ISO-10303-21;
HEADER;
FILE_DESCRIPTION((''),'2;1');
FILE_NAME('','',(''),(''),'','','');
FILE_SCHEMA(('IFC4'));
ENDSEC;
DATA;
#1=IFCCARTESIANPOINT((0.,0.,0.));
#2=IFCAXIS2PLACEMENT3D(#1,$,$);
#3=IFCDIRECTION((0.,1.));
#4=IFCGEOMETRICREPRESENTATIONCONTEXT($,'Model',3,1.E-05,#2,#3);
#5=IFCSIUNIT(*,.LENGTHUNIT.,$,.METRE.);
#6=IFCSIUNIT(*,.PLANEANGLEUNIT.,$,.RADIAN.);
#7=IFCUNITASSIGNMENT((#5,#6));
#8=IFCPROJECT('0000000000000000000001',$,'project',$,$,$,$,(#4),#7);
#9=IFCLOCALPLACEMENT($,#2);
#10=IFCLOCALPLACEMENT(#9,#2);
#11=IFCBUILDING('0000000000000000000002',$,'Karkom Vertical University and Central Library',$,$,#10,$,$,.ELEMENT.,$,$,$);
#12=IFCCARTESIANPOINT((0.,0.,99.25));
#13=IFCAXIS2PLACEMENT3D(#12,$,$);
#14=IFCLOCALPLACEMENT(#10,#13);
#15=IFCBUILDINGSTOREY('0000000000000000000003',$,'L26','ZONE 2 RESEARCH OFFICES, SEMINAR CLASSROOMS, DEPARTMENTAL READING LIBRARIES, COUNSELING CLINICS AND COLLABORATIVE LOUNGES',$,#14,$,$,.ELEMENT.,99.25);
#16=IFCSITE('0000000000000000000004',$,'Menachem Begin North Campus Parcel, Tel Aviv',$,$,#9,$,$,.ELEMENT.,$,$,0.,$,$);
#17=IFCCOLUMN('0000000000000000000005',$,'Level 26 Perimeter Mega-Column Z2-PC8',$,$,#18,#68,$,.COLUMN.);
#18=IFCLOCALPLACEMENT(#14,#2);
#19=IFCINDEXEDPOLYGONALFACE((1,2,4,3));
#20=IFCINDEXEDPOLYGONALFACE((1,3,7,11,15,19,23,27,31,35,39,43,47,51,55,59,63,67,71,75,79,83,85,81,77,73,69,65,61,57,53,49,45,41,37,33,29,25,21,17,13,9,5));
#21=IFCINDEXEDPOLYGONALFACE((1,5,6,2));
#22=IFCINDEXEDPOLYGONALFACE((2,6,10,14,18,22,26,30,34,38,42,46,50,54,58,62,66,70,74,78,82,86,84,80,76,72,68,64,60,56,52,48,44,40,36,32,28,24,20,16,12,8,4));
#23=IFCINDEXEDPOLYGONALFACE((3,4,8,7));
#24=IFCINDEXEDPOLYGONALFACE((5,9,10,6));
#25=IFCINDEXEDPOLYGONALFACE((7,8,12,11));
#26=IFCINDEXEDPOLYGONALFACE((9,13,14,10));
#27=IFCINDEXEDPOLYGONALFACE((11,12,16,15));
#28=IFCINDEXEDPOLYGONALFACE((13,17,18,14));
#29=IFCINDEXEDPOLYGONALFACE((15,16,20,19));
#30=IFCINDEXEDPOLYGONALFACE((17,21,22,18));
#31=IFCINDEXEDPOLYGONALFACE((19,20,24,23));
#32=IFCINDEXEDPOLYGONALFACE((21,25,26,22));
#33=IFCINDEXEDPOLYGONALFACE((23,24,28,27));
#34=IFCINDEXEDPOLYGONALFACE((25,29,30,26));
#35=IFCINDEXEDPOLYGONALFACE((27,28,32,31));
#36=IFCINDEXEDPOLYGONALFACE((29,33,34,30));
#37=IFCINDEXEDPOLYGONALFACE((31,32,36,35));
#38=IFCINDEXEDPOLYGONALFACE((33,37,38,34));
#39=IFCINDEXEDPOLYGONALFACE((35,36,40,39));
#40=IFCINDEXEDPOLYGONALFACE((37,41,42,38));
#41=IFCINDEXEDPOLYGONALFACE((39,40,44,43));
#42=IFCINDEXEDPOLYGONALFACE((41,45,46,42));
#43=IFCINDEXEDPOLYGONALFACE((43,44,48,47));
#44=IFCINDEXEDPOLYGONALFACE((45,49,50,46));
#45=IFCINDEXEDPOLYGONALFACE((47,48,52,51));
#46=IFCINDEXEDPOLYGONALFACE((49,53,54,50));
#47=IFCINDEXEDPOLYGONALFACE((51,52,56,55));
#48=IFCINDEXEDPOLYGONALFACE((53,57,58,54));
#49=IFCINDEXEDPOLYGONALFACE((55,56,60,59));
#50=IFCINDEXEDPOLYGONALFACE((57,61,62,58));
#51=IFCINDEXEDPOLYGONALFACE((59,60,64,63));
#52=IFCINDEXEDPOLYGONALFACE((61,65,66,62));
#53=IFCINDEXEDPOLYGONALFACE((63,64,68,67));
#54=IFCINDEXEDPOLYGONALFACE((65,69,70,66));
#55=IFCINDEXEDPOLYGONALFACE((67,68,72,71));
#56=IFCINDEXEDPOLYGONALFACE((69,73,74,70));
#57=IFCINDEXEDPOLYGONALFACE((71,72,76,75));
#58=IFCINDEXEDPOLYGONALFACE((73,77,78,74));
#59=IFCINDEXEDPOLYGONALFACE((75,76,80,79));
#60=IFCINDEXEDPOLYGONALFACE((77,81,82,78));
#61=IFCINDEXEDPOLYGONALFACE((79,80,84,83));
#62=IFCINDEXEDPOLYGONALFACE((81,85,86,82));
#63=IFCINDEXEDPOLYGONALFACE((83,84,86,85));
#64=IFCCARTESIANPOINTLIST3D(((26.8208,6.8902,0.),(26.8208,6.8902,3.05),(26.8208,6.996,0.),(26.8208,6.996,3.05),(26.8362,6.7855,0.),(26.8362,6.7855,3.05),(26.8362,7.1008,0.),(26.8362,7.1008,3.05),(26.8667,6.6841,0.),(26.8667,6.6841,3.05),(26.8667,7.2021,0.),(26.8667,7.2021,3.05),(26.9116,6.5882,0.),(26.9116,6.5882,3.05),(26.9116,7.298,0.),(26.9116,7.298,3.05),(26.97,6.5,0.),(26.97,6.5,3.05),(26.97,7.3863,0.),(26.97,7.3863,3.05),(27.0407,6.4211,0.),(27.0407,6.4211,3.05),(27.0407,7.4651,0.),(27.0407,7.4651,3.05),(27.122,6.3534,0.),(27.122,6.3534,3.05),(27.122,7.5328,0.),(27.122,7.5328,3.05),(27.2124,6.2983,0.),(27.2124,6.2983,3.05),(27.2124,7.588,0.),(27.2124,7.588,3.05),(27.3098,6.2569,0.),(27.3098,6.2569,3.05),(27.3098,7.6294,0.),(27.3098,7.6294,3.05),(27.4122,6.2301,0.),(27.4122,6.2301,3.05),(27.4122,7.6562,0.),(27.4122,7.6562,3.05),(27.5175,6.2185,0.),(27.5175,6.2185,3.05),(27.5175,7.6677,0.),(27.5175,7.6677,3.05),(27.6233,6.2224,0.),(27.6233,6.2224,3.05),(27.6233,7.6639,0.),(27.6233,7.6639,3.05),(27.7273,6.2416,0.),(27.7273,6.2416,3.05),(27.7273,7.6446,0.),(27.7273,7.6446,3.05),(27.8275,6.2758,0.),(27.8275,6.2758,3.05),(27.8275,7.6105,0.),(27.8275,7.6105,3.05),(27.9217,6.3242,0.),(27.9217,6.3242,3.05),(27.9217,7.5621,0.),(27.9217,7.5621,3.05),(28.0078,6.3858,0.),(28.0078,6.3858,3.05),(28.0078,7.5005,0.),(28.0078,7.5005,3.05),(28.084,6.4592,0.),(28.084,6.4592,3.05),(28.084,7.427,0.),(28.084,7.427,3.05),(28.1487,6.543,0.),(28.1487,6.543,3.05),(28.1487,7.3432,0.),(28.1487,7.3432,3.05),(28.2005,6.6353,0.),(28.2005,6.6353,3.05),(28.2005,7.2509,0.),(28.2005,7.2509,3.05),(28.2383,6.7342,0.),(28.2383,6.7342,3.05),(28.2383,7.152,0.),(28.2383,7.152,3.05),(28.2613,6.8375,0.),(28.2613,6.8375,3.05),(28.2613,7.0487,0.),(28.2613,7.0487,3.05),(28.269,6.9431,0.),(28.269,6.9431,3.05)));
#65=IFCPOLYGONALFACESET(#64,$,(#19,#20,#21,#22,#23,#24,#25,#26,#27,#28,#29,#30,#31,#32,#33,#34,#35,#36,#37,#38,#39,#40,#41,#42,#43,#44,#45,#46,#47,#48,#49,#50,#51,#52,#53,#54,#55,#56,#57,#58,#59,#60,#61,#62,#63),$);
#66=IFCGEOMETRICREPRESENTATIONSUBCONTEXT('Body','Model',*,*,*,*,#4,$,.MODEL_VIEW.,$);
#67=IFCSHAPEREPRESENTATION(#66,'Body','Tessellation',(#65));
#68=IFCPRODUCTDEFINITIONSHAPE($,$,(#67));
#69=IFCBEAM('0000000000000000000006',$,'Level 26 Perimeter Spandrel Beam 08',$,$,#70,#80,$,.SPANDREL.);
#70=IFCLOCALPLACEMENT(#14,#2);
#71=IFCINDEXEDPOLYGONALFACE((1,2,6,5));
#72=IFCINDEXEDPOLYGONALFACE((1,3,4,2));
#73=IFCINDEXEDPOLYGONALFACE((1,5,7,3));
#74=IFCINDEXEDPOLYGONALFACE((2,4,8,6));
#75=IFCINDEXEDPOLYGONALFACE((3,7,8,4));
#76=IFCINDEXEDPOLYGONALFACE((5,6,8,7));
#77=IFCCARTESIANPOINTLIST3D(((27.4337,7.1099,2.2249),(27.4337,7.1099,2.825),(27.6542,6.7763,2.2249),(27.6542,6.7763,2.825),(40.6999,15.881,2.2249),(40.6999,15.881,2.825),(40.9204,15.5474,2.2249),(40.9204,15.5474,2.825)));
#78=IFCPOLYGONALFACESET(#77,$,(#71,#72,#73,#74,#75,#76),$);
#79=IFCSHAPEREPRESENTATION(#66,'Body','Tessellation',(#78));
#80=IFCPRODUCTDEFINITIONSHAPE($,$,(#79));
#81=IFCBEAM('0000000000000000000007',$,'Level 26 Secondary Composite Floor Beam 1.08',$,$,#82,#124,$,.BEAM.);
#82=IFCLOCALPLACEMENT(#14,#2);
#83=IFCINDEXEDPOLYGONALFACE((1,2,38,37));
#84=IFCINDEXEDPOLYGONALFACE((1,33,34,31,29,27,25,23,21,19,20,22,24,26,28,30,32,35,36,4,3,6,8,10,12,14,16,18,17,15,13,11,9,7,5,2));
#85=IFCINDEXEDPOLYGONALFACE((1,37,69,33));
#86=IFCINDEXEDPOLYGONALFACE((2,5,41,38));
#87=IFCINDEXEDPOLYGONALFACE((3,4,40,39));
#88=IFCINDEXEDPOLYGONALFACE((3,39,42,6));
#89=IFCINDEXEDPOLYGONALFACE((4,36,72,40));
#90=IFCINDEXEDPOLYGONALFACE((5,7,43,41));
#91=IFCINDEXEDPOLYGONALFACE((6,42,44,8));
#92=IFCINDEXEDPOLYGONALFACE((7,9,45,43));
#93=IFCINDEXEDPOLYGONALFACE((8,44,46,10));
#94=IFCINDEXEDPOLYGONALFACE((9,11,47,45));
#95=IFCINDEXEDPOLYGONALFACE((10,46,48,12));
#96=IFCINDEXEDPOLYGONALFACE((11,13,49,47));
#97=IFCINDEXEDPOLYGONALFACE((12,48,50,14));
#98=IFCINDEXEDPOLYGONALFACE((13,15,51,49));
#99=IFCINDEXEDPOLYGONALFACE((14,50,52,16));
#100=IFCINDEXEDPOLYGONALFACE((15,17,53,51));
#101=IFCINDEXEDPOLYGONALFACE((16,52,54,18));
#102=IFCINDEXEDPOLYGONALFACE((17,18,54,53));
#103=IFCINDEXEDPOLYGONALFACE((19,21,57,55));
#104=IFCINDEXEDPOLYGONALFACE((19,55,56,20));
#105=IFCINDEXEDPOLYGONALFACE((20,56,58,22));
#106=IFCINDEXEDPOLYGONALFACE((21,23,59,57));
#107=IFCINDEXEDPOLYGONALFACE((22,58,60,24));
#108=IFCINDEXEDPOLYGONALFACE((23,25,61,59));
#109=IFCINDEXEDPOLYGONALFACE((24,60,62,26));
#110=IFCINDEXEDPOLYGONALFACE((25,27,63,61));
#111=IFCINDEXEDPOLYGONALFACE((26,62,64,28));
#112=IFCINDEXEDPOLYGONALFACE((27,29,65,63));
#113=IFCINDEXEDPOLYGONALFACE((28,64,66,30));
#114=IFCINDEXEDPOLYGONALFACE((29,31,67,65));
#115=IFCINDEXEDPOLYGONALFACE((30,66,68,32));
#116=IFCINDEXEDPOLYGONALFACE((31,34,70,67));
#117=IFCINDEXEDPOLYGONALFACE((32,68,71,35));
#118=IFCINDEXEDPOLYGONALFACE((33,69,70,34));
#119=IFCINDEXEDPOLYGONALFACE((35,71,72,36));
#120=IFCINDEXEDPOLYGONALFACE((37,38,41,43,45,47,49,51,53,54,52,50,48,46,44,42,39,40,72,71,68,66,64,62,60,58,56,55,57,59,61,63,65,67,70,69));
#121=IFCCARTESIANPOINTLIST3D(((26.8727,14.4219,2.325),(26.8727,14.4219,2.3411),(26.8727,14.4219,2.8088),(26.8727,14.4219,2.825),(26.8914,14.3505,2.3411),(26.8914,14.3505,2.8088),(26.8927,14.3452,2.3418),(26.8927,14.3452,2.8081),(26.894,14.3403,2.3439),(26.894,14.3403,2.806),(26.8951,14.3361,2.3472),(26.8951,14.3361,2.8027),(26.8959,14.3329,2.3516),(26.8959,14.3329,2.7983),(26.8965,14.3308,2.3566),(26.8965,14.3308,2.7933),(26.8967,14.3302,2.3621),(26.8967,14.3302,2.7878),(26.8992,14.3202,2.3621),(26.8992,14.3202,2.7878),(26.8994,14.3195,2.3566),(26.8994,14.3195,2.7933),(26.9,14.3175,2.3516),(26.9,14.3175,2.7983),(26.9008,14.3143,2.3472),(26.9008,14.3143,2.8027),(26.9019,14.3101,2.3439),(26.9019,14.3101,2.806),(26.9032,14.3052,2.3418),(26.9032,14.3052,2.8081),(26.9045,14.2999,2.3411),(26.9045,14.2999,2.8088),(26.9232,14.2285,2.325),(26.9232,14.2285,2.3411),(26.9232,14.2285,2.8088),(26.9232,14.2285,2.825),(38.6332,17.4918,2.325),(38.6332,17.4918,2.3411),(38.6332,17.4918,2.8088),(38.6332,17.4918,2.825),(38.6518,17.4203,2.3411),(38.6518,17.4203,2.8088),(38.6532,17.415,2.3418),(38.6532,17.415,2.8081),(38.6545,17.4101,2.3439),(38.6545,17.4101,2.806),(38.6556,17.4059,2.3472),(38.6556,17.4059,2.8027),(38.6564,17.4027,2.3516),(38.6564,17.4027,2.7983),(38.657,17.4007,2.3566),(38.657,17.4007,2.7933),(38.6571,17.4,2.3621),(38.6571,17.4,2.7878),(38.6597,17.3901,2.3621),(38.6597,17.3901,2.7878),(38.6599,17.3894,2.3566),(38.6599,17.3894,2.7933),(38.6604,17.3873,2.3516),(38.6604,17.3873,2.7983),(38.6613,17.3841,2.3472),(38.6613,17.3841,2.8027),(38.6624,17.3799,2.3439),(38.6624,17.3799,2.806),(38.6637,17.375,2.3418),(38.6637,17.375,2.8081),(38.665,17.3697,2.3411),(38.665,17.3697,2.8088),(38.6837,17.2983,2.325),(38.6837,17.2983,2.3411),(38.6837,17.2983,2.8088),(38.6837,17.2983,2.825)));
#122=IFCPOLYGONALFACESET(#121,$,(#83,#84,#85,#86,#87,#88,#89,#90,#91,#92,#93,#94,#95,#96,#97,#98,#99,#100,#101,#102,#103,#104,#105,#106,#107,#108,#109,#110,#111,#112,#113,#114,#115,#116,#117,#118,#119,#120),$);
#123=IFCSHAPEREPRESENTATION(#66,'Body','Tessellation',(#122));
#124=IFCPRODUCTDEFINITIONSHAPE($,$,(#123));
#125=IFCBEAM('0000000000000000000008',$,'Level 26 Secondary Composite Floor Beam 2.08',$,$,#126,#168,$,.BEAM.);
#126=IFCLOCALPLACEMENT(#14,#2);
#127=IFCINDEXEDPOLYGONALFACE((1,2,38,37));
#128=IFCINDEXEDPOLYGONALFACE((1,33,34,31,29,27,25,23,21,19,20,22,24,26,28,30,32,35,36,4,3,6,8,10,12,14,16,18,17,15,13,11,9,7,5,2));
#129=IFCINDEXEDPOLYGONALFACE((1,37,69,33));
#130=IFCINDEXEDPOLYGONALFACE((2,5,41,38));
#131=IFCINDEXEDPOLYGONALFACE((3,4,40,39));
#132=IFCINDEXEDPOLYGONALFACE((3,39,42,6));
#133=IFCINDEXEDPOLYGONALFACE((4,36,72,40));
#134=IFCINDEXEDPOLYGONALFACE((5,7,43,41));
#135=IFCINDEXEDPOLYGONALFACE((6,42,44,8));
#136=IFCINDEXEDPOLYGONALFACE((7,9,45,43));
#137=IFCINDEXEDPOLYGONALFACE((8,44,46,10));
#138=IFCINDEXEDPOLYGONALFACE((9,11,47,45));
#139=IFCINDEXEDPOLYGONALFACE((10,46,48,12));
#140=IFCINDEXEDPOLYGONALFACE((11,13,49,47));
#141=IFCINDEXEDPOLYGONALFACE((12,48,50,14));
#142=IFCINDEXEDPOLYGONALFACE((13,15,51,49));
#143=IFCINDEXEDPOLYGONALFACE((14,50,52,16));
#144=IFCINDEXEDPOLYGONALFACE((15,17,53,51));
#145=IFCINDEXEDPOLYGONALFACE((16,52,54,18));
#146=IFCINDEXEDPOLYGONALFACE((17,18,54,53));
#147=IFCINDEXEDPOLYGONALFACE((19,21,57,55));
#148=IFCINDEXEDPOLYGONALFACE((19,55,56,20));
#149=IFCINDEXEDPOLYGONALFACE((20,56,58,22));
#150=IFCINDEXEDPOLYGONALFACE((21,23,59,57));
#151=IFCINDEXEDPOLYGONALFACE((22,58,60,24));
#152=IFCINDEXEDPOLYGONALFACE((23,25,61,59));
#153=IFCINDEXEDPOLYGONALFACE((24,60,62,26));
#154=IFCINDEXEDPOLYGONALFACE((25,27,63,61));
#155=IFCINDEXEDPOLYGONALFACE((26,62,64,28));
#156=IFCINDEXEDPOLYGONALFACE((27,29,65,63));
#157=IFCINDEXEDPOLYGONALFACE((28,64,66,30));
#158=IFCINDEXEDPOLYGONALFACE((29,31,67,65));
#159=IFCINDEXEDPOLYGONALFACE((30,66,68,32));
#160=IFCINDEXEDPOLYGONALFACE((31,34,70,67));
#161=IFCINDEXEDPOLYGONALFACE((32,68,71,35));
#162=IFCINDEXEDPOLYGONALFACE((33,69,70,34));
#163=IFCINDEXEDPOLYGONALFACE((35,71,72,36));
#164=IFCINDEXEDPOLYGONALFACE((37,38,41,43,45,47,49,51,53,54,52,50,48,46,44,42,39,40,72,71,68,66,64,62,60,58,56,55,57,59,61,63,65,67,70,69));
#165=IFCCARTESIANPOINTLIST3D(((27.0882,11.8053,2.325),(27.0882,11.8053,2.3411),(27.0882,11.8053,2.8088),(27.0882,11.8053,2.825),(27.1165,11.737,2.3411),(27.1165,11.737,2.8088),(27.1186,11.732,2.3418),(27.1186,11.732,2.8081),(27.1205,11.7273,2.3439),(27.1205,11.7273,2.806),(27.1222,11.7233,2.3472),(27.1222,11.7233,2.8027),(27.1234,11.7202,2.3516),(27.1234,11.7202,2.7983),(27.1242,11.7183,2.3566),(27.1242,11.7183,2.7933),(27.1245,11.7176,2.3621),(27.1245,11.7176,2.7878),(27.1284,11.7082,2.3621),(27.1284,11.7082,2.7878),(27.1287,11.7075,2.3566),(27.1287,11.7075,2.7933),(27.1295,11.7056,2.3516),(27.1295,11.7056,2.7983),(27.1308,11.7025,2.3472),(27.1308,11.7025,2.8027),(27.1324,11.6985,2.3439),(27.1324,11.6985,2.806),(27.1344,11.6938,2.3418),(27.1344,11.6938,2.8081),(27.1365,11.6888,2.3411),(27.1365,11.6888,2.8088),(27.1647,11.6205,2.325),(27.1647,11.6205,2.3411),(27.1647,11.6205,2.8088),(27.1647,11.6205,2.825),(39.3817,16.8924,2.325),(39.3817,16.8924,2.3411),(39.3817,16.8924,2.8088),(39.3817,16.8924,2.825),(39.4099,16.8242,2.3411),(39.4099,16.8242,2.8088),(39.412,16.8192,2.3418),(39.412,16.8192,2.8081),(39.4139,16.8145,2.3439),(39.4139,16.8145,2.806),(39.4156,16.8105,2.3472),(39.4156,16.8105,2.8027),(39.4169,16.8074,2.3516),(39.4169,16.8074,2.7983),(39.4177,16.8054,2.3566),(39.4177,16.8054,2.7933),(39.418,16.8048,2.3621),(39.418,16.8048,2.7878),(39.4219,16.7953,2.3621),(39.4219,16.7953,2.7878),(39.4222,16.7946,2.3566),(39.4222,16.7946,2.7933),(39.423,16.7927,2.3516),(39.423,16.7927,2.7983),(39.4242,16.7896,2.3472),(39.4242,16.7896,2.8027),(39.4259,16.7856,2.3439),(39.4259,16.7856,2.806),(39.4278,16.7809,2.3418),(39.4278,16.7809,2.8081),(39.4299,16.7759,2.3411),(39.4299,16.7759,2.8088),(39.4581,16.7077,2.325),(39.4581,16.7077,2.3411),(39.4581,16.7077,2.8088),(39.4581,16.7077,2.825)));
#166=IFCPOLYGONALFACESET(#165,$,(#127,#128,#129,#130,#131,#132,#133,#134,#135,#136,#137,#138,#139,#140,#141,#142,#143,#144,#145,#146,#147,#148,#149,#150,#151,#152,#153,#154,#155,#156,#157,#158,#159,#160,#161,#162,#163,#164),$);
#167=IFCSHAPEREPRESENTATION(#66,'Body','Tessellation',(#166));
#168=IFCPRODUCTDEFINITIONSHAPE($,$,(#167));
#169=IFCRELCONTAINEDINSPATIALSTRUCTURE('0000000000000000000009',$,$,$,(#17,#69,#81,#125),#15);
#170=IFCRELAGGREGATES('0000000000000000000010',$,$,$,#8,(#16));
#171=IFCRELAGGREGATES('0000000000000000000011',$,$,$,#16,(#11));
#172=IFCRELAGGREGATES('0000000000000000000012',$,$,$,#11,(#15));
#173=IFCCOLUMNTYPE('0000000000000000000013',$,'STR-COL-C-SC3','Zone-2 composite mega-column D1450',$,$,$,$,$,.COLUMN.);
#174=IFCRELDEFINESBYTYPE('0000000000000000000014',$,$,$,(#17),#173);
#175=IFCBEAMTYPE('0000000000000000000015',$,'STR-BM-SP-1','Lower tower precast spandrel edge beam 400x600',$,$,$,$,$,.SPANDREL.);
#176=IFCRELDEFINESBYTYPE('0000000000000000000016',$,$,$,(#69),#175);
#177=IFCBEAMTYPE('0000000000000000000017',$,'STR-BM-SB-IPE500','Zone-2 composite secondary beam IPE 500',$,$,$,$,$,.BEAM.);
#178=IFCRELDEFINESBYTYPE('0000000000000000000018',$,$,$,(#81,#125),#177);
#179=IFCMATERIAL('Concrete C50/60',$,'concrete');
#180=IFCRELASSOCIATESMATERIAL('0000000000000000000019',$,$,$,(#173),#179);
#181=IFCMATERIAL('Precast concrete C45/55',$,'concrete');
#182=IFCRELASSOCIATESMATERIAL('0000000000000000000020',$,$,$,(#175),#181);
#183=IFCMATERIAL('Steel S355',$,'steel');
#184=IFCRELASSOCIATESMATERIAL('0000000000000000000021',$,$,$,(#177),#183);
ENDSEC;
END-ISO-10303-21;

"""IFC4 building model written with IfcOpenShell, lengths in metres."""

from ifc_helpers import new_model, si_unit, direction, frame, origin, origin_with_axes, origin_2d, place, context, subcontext, project, spatial, rectangle, circle, i_section, extrude, source, transform, mapped, material, material_profile, profile_set, type_object, element, save


model = new_model("IFC4")

# Units and contexts
model_context = context("Model", 3, precision=1e-05, world=origin(), true_north=direction((0.0, 1.0)))
body_context = subcontext(model_context, "Body", "Model", "MODEL_VIEW")
ifc_project = project(units=[si_unit("LENGTHUNIT", "METRE"), si_unit("PLANEANGLEUNIT", "RADIAN")], contexts=[model_context])

# Site, building, storey
site_placement = place(None, origin())
site = spatial("IfcSite", under=ifc_project, at=site_placement, Name="Menachem Begin North Campus Parcel, Tel Aviv", CompositionType="ELEMENT", RefElevation=0.0)
building_placement = place(site_placement, origin())
building = spatial("IfcBuilding", under=site, at=building_placement, Name="Karkom Vertical University and Central Library", CompositionType="ELEMENT")
storey_placement = place(building_placement, frame((0.0, 0.0, 99.25)))
storey = spatial("IfcBuildingStorey", under=building, at=storey_placement, Name="L26", Description="ZONE 2 RESEARCH OFFICES, SEMINAR CLASSROOMS, DEPARTMENTAL READING LIBRARIES, COUNSELING CLINICS AND COLLABORATIVE LOUNGES", CompositionType="ELEMENT", Elevation=99.25)

# Column
ifc_material_1 = material(Name="Concrete C50/60", Category="concrete")
ifc_material_profile_1 = material_profile(ifc_material_1, circle(Radius=0.7251, at=origin_2d()), Name="CFT-D1450")
ifc_profile_set_1 = profile_set([ifc_material_profile_1], Name="Concrete C50/60")
column_type = type_object("IfcColumnType", Name="STR-COL-C-SC3", Description="Zone-2 composite mega-column D1450", PredefinedType="COLUMN", material=ifc_profile_set_1)
shared_shape_1 = source(origin_with_axes(), body_context, "Body", "SweptSolid", [
    extrude(circle(Radius=0.7251, at=origin_2d()), origin(), (0.0, 0.0, 1.0), 3.05),
])
column_placement = place(storey_placement, frame((27.5439, 6.9431, 0.0), z_axis=(0.0, 0.0, 1.0), x_axis=(1.0, 0.0, 0.0)))
element("IfcColumn", 1, at=column_placement, inside=storey, type_object=column_type, Name="Level 26 Perimeter Mega-Column Z2-PC8", PredefinedType="COLUMN", context=body_context, shape_type="MappedRepresentation", body=[
    mapped(shared_shape_1, transform((0.0, 0.0, 0.0), scale=1.0)),
])

# Beams
ifc_material_2 = material(Name="Precast concrete C45/55", Category="concrete")
ifc_material_profile_2 = material_profile(ifc_material_2, rectangle(XDim=0.3999, YDim=0.6001, at=origin_2d()), Name="SPB-400x600")
ifc_profile_set_2 = profile_set([ifc_material_profile_2], Name="Precast concrete C45/55")
beam_type_1 = type_object("IfcBeamType", Name="STR-BM-SP-1", Description="Lower tower precast spandrel edge beam 400x600", PredefinedType="SPANDREL", material=ifc_profile_set_2)
shared_shape_2 = source(origin_with_axes(), body_context, "Body", "SweptSolid", [
    extrude(rectangle(XDim=0.3999, YDim=0.6001, at=origin_2d()), origin(), (0.0, 0.0, 1.0), 15.9036),
])
beam_1_placement = place(storey_placement, frame((27.5439, 6.9431, 2.5249), z_axis=(0.834165, 0.551515, 0.0), x_axis=(-0.551515, 0.834165, 0.0)))
element("IfcBeam", 2, at=beam_1_placement, inside=storey, type_object=beam_type_1, Name="Level 26 Perimeter Spandrel Beam 08", PredefinedType="SPANDREL", context=body_context, shape_type="MappedRepresentation", body=[
    mapped(shared_shape_2, transform((0.0, 0.0, 0.0), scale=1.0)),
])
ifc_material_3 = material(Name="Steel S355", Category="steel")
ifc_material_profile_3 = material_profile(ifc_material_3, i_section(OverallWidth=0.2, OverallDepth=0.5, WebThickness=0.0103, FlangeThickness=0.0161, FilletRadius=0.021, at=origin_2d()), Name="IPE 500")
ifc_profile_set_3 = profile_set([ifc_material_profile_3], Name="Steel S355")
beam_type_2 = type_object("IfcBeamType", Name="STR-BM-SB-IPE500", Description="Zone-2 composite secondary beam IPE 500", PredefinedType="BEAM", material=ifc_profile_set_3)
shared_shape_3 = source(origin_with_axes(), body_context, "Body", "SweptSolid", [
    extrude(i_section(OverallWidth=0.2, OverallDepth=0.5, WebThickness=0.0103, FlangeThickness=0.0161, FilletRadius=0.021, at=origin_2d()), origin(), (0.0, 0.0, 1.0), 12.1545),
])
beam_2_placement = place(storey_placement, frame((26.8979, 14.3252, 2.575), z_axis=(0.96758, 0.252566, 0.0), x_axis=(-0.252566, 0.96758, 0.0)))
element("IfcBeam", 3, at=beam_2_placement, inside=storey, type_object=beam_type_2, Name="Level 26 Secondary Composite Floor Beam 1.08", PredefinedType="BEAM", context=body_context, shape_type="MappedRepresentation", body=[
    mapped(shared_shape_3, transform((0.0, 0.0, 0.0), scale=1.0)),
])
shared_shape_4 = source(origin_with_axes(), body_context, "Body", "SweptSolid", [
    extrude(i_section(OverallWidth=0.2, OverallDepth=0.5, WebThickness=0.0103, FlangeThickness=0.0161, FilletRadius=0.021, at=origin_2d()), origin(), (0.0, 0.0, 1.0), 13.3044),
])
beam_3_placement = place(storey_placement, frame((27.1265, 11.7129, 2.575), z_axis=(0.924011, 0.382365, 0.0), x_axis=(-0.382365, 0.924011, 0.0)))
element("IfcBeam", 4, at=beam_3_placement, inside=storey, type_object=beam_type_2, Name="Level 26 Secondary Composite Floor Beam 2.08", PredefinedType="BEAM", context=body_context, shape_type="MappedRepresentation", body=[
    mapped(shared_shape_4, transform((0.0, 0.0, 0.0), scale=1.0)),
])

save(model, "model.ifc")
